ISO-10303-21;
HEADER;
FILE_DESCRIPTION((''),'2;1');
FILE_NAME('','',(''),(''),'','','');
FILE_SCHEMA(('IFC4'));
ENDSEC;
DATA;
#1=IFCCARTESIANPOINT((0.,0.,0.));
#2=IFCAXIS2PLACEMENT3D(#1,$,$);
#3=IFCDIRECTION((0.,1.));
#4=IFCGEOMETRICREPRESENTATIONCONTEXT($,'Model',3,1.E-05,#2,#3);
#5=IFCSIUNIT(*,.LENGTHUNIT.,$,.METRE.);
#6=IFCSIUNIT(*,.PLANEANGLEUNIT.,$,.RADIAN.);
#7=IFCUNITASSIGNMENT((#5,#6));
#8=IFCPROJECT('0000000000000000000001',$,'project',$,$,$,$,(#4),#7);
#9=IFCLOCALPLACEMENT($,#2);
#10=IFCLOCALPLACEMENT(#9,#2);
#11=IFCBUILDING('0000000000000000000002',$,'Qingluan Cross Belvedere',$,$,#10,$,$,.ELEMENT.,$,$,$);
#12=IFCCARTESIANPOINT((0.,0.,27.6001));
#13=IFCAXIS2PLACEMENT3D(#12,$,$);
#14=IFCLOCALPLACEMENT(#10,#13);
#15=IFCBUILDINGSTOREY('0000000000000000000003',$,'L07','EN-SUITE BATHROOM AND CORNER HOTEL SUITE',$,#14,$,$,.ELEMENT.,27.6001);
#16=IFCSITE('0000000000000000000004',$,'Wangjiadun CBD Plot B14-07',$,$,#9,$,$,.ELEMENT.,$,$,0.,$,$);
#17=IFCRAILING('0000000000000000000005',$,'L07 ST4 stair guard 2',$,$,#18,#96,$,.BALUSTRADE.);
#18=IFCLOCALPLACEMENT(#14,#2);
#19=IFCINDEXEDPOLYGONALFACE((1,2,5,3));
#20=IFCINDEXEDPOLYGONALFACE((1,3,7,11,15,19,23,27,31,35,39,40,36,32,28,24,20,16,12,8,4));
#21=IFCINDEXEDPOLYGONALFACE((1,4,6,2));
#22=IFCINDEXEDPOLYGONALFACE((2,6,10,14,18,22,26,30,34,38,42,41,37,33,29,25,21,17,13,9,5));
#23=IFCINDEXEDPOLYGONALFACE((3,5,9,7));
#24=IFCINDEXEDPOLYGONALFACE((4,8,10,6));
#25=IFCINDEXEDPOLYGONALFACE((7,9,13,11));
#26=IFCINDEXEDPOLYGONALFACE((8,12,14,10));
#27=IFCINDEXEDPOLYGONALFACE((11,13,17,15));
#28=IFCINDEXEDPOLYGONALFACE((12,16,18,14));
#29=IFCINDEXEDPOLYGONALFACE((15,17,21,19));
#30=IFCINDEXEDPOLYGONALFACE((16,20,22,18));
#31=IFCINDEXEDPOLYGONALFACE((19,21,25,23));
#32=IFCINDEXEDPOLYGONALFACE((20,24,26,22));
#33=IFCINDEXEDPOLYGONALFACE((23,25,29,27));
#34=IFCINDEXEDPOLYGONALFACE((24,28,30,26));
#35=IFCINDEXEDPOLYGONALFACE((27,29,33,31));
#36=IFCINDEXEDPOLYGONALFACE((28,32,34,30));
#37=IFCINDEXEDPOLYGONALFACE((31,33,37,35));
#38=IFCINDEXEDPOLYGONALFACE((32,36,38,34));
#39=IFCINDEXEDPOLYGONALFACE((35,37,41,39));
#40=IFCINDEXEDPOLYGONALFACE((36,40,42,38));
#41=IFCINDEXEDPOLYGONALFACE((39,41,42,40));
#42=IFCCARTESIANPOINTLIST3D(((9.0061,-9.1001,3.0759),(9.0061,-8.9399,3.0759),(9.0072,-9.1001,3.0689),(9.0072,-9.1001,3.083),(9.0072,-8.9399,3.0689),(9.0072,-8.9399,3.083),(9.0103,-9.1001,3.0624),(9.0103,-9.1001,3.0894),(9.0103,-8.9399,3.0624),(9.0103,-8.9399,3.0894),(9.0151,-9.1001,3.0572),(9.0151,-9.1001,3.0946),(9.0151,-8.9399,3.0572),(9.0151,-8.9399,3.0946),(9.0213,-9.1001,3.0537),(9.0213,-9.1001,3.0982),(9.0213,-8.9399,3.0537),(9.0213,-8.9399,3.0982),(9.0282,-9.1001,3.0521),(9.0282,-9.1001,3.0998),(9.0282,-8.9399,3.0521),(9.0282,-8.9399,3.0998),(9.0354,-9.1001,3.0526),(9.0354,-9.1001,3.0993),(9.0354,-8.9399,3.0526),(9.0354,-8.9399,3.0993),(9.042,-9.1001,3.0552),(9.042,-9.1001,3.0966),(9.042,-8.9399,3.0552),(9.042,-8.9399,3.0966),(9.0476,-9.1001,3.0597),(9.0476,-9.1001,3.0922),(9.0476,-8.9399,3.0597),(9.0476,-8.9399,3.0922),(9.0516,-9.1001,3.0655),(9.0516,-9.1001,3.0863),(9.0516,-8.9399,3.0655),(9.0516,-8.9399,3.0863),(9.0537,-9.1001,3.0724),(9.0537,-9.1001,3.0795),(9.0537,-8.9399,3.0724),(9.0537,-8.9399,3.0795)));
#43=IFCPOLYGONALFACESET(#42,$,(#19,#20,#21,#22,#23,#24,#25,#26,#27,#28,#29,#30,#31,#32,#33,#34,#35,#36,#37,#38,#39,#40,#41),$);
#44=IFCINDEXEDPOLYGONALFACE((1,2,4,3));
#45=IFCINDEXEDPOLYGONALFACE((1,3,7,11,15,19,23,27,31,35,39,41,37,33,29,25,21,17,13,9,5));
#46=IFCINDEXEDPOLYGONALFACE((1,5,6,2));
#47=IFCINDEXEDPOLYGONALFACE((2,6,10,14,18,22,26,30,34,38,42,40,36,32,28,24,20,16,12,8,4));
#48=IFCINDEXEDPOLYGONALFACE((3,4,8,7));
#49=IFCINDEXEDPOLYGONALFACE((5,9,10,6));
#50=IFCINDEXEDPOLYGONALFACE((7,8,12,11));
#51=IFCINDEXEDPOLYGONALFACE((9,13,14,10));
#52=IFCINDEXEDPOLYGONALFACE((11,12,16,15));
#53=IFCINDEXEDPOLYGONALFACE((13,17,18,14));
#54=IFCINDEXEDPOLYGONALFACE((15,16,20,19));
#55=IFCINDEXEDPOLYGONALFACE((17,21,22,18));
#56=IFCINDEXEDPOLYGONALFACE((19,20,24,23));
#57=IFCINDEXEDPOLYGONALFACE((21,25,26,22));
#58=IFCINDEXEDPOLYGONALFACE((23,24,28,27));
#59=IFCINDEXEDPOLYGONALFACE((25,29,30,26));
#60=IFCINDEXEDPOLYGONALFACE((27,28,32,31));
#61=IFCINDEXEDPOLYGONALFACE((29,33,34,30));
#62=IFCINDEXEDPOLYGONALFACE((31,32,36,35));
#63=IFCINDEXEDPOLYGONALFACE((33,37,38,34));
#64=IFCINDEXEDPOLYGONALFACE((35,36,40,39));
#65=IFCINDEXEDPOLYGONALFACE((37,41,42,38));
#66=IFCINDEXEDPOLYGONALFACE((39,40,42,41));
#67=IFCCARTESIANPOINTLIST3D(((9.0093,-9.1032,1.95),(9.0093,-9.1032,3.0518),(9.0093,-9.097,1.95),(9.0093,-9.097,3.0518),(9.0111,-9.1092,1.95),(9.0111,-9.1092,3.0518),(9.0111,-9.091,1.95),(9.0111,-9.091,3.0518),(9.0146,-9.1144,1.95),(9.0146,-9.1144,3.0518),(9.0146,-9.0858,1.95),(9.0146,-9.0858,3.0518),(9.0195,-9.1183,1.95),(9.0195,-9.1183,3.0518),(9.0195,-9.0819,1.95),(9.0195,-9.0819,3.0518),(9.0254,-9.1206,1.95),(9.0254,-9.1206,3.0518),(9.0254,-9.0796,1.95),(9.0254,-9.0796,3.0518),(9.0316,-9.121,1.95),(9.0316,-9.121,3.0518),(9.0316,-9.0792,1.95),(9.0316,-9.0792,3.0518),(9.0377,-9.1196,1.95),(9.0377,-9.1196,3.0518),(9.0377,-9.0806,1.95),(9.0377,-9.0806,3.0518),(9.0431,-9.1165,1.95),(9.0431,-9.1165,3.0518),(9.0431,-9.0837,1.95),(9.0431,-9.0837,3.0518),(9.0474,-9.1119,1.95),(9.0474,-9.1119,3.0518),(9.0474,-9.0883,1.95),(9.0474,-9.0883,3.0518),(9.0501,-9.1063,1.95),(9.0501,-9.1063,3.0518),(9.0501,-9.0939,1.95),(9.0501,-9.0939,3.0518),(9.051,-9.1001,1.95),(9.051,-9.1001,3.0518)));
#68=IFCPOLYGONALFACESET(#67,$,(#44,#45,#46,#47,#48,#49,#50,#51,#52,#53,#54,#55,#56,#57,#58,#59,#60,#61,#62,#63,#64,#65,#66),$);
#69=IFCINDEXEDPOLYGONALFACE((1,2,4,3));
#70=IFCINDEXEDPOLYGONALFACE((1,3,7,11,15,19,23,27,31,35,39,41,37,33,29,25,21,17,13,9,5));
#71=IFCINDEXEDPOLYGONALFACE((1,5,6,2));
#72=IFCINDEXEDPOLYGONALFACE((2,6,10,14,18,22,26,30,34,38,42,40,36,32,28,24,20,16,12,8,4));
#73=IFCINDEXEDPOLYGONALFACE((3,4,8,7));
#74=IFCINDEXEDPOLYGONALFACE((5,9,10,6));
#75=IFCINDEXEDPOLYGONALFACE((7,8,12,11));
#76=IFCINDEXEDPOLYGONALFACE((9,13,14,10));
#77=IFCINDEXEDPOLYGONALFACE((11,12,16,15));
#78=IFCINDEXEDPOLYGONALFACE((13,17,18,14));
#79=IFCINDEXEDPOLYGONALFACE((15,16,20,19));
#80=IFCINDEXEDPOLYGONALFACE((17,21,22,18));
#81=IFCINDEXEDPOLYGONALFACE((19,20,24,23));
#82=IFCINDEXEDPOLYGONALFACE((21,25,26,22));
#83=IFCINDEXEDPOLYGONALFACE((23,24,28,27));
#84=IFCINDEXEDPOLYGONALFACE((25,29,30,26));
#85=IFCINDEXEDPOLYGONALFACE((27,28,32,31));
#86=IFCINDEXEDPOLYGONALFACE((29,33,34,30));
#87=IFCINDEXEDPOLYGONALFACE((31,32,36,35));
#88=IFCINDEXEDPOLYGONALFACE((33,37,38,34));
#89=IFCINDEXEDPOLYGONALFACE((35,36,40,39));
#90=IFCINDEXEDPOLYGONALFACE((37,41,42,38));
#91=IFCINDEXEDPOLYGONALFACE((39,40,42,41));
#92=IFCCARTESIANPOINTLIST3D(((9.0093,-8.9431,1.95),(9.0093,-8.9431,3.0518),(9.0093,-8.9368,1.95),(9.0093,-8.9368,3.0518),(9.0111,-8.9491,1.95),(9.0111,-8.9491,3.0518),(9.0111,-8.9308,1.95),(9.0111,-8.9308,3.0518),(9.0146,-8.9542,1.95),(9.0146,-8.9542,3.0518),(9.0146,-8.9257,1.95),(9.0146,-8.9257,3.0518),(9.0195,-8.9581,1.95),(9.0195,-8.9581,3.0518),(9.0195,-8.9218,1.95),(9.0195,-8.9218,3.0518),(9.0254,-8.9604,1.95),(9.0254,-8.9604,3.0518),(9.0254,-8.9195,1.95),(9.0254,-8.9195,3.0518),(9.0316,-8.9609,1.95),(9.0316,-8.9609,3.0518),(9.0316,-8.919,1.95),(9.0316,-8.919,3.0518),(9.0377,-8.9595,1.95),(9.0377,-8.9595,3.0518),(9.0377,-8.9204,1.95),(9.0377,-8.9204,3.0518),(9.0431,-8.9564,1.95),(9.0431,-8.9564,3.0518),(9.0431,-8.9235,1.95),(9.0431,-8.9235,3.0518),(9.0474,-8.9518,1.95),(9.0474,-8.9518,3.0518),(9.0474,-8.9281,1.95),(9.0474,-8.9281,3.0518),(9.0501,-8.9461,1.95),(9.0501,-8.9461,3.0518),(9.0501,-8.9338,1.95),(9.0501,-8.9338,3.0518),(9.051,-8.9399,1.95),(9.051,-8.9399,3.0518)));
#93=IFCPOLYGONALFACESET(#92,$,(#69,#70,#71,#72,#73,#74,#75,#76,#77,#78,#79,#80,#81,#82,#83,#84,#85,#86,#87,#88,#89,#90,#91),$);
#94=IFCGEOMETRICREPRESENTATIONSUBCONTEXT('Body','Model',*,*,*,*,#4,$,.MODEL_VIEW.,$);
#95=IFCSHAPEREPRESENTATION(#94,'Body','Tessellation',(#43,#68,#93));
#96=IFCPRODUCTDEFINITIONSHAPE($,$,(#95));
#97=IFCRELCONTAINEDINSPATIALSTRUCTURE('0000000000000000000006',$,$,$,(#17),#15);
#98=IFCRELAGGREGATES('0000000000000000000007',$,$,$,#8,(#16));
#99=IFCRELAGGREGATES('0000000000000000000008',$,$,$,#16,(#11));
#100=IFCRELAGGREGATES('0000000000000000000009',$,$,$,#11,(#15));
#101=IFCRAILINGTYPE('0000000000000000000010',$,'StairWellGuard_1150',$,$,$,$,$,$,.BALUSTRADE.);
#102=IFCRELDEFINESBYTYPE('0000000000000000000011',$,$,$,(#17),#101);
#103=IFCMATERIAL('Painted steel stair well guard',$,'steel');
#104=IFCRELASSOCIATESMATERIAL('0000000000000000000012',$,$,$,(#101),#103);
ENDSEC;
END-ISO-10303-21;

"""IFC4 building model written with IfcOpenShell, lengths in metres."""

from ifc_helpers import new_model, si_unit, direction, frame, origin, origin_2d, place, context, subcontext, project, spatial, circle, extrude, material, type_object, element, save


model = new_model("IFC4")

# Units and contexts
model_context = context("Model", 3, precision=1e-05, world=origin(), true_north=direction((0.0, 1.0)))
body_context = subcontext(model_context, "Body", "Model", "MODEL_VIEW")
ifc_project = project(units=[si_unit("LENGTHUNIT", "METRE"), si_unit("PLANEANGLEUNIT", "RADIAN")], contexts=[model_context])

# Site, building, storey
site_placement = place(None, origin())
site = spatial("IfcSite", under=ifc_project, at=site_placement, Name="Wangjiadun CBD Plot B14-07", CompositionType="ELEMENT", RefElevation=0.0)
building_placement = place(site_placement, origin())
building = spatial("IfcBuilding", under=site, at=building_placement, Name="Qingluan Cross Belvedere", CompositionType="ELEMENT")
storey_placement = place(building_placement, frame((0.0, 0.0, 27.6001)))
storey = spatial("IfcBuildingStorey", under=building, at=storey_placement, Name="L07", Description="EN-SUITE BATHROOM AND CORNER HOTEL SUITE", CompositionType="ELEMENT", Elevation=27.6001)

# Railing
ifc_material_1 = material(Name="Painted steel stair well guard", Category="steel")
railing_type_1 = type_object("IfcRailingType", Name="StairWellGuard_1150", PredefinedType="BALUSTRADE", material=ifc_material_1)
railing_1_placement = place(storey_placement, frame((9.03, -9.1001, 1.95)))
element("IfcRailing", 1, at=railing_1_placement, inside=storey, type_object=railing_type_1, Name="L07 ST4 stair guard 2", PredefinedType="BALUSTRADE", context=body_context, shape_type="SweptSolid", body=[
    extrude(circle(Radius=0.0239, at=origin_2d()), frame((0.0, 0.0, 1.126), z_axis=(0.0, 1.0, 0.0), x_axis=(-1.0, 0.0, 0.0)), (0.0, 0.0, 1.0), 0.1602),
    extrude(circle(Radius=0.021, at=origin_2d()), origin(), (0.0, 0.0, 1.0), 1.1018),
    extrude(circle(Radius=0.021, at=origin_2d()), frame((0.0, 0.1602, 0.0)), (0.0, 0.0, 1.0), 1.1018),
])

save(model, "model.ifc")
